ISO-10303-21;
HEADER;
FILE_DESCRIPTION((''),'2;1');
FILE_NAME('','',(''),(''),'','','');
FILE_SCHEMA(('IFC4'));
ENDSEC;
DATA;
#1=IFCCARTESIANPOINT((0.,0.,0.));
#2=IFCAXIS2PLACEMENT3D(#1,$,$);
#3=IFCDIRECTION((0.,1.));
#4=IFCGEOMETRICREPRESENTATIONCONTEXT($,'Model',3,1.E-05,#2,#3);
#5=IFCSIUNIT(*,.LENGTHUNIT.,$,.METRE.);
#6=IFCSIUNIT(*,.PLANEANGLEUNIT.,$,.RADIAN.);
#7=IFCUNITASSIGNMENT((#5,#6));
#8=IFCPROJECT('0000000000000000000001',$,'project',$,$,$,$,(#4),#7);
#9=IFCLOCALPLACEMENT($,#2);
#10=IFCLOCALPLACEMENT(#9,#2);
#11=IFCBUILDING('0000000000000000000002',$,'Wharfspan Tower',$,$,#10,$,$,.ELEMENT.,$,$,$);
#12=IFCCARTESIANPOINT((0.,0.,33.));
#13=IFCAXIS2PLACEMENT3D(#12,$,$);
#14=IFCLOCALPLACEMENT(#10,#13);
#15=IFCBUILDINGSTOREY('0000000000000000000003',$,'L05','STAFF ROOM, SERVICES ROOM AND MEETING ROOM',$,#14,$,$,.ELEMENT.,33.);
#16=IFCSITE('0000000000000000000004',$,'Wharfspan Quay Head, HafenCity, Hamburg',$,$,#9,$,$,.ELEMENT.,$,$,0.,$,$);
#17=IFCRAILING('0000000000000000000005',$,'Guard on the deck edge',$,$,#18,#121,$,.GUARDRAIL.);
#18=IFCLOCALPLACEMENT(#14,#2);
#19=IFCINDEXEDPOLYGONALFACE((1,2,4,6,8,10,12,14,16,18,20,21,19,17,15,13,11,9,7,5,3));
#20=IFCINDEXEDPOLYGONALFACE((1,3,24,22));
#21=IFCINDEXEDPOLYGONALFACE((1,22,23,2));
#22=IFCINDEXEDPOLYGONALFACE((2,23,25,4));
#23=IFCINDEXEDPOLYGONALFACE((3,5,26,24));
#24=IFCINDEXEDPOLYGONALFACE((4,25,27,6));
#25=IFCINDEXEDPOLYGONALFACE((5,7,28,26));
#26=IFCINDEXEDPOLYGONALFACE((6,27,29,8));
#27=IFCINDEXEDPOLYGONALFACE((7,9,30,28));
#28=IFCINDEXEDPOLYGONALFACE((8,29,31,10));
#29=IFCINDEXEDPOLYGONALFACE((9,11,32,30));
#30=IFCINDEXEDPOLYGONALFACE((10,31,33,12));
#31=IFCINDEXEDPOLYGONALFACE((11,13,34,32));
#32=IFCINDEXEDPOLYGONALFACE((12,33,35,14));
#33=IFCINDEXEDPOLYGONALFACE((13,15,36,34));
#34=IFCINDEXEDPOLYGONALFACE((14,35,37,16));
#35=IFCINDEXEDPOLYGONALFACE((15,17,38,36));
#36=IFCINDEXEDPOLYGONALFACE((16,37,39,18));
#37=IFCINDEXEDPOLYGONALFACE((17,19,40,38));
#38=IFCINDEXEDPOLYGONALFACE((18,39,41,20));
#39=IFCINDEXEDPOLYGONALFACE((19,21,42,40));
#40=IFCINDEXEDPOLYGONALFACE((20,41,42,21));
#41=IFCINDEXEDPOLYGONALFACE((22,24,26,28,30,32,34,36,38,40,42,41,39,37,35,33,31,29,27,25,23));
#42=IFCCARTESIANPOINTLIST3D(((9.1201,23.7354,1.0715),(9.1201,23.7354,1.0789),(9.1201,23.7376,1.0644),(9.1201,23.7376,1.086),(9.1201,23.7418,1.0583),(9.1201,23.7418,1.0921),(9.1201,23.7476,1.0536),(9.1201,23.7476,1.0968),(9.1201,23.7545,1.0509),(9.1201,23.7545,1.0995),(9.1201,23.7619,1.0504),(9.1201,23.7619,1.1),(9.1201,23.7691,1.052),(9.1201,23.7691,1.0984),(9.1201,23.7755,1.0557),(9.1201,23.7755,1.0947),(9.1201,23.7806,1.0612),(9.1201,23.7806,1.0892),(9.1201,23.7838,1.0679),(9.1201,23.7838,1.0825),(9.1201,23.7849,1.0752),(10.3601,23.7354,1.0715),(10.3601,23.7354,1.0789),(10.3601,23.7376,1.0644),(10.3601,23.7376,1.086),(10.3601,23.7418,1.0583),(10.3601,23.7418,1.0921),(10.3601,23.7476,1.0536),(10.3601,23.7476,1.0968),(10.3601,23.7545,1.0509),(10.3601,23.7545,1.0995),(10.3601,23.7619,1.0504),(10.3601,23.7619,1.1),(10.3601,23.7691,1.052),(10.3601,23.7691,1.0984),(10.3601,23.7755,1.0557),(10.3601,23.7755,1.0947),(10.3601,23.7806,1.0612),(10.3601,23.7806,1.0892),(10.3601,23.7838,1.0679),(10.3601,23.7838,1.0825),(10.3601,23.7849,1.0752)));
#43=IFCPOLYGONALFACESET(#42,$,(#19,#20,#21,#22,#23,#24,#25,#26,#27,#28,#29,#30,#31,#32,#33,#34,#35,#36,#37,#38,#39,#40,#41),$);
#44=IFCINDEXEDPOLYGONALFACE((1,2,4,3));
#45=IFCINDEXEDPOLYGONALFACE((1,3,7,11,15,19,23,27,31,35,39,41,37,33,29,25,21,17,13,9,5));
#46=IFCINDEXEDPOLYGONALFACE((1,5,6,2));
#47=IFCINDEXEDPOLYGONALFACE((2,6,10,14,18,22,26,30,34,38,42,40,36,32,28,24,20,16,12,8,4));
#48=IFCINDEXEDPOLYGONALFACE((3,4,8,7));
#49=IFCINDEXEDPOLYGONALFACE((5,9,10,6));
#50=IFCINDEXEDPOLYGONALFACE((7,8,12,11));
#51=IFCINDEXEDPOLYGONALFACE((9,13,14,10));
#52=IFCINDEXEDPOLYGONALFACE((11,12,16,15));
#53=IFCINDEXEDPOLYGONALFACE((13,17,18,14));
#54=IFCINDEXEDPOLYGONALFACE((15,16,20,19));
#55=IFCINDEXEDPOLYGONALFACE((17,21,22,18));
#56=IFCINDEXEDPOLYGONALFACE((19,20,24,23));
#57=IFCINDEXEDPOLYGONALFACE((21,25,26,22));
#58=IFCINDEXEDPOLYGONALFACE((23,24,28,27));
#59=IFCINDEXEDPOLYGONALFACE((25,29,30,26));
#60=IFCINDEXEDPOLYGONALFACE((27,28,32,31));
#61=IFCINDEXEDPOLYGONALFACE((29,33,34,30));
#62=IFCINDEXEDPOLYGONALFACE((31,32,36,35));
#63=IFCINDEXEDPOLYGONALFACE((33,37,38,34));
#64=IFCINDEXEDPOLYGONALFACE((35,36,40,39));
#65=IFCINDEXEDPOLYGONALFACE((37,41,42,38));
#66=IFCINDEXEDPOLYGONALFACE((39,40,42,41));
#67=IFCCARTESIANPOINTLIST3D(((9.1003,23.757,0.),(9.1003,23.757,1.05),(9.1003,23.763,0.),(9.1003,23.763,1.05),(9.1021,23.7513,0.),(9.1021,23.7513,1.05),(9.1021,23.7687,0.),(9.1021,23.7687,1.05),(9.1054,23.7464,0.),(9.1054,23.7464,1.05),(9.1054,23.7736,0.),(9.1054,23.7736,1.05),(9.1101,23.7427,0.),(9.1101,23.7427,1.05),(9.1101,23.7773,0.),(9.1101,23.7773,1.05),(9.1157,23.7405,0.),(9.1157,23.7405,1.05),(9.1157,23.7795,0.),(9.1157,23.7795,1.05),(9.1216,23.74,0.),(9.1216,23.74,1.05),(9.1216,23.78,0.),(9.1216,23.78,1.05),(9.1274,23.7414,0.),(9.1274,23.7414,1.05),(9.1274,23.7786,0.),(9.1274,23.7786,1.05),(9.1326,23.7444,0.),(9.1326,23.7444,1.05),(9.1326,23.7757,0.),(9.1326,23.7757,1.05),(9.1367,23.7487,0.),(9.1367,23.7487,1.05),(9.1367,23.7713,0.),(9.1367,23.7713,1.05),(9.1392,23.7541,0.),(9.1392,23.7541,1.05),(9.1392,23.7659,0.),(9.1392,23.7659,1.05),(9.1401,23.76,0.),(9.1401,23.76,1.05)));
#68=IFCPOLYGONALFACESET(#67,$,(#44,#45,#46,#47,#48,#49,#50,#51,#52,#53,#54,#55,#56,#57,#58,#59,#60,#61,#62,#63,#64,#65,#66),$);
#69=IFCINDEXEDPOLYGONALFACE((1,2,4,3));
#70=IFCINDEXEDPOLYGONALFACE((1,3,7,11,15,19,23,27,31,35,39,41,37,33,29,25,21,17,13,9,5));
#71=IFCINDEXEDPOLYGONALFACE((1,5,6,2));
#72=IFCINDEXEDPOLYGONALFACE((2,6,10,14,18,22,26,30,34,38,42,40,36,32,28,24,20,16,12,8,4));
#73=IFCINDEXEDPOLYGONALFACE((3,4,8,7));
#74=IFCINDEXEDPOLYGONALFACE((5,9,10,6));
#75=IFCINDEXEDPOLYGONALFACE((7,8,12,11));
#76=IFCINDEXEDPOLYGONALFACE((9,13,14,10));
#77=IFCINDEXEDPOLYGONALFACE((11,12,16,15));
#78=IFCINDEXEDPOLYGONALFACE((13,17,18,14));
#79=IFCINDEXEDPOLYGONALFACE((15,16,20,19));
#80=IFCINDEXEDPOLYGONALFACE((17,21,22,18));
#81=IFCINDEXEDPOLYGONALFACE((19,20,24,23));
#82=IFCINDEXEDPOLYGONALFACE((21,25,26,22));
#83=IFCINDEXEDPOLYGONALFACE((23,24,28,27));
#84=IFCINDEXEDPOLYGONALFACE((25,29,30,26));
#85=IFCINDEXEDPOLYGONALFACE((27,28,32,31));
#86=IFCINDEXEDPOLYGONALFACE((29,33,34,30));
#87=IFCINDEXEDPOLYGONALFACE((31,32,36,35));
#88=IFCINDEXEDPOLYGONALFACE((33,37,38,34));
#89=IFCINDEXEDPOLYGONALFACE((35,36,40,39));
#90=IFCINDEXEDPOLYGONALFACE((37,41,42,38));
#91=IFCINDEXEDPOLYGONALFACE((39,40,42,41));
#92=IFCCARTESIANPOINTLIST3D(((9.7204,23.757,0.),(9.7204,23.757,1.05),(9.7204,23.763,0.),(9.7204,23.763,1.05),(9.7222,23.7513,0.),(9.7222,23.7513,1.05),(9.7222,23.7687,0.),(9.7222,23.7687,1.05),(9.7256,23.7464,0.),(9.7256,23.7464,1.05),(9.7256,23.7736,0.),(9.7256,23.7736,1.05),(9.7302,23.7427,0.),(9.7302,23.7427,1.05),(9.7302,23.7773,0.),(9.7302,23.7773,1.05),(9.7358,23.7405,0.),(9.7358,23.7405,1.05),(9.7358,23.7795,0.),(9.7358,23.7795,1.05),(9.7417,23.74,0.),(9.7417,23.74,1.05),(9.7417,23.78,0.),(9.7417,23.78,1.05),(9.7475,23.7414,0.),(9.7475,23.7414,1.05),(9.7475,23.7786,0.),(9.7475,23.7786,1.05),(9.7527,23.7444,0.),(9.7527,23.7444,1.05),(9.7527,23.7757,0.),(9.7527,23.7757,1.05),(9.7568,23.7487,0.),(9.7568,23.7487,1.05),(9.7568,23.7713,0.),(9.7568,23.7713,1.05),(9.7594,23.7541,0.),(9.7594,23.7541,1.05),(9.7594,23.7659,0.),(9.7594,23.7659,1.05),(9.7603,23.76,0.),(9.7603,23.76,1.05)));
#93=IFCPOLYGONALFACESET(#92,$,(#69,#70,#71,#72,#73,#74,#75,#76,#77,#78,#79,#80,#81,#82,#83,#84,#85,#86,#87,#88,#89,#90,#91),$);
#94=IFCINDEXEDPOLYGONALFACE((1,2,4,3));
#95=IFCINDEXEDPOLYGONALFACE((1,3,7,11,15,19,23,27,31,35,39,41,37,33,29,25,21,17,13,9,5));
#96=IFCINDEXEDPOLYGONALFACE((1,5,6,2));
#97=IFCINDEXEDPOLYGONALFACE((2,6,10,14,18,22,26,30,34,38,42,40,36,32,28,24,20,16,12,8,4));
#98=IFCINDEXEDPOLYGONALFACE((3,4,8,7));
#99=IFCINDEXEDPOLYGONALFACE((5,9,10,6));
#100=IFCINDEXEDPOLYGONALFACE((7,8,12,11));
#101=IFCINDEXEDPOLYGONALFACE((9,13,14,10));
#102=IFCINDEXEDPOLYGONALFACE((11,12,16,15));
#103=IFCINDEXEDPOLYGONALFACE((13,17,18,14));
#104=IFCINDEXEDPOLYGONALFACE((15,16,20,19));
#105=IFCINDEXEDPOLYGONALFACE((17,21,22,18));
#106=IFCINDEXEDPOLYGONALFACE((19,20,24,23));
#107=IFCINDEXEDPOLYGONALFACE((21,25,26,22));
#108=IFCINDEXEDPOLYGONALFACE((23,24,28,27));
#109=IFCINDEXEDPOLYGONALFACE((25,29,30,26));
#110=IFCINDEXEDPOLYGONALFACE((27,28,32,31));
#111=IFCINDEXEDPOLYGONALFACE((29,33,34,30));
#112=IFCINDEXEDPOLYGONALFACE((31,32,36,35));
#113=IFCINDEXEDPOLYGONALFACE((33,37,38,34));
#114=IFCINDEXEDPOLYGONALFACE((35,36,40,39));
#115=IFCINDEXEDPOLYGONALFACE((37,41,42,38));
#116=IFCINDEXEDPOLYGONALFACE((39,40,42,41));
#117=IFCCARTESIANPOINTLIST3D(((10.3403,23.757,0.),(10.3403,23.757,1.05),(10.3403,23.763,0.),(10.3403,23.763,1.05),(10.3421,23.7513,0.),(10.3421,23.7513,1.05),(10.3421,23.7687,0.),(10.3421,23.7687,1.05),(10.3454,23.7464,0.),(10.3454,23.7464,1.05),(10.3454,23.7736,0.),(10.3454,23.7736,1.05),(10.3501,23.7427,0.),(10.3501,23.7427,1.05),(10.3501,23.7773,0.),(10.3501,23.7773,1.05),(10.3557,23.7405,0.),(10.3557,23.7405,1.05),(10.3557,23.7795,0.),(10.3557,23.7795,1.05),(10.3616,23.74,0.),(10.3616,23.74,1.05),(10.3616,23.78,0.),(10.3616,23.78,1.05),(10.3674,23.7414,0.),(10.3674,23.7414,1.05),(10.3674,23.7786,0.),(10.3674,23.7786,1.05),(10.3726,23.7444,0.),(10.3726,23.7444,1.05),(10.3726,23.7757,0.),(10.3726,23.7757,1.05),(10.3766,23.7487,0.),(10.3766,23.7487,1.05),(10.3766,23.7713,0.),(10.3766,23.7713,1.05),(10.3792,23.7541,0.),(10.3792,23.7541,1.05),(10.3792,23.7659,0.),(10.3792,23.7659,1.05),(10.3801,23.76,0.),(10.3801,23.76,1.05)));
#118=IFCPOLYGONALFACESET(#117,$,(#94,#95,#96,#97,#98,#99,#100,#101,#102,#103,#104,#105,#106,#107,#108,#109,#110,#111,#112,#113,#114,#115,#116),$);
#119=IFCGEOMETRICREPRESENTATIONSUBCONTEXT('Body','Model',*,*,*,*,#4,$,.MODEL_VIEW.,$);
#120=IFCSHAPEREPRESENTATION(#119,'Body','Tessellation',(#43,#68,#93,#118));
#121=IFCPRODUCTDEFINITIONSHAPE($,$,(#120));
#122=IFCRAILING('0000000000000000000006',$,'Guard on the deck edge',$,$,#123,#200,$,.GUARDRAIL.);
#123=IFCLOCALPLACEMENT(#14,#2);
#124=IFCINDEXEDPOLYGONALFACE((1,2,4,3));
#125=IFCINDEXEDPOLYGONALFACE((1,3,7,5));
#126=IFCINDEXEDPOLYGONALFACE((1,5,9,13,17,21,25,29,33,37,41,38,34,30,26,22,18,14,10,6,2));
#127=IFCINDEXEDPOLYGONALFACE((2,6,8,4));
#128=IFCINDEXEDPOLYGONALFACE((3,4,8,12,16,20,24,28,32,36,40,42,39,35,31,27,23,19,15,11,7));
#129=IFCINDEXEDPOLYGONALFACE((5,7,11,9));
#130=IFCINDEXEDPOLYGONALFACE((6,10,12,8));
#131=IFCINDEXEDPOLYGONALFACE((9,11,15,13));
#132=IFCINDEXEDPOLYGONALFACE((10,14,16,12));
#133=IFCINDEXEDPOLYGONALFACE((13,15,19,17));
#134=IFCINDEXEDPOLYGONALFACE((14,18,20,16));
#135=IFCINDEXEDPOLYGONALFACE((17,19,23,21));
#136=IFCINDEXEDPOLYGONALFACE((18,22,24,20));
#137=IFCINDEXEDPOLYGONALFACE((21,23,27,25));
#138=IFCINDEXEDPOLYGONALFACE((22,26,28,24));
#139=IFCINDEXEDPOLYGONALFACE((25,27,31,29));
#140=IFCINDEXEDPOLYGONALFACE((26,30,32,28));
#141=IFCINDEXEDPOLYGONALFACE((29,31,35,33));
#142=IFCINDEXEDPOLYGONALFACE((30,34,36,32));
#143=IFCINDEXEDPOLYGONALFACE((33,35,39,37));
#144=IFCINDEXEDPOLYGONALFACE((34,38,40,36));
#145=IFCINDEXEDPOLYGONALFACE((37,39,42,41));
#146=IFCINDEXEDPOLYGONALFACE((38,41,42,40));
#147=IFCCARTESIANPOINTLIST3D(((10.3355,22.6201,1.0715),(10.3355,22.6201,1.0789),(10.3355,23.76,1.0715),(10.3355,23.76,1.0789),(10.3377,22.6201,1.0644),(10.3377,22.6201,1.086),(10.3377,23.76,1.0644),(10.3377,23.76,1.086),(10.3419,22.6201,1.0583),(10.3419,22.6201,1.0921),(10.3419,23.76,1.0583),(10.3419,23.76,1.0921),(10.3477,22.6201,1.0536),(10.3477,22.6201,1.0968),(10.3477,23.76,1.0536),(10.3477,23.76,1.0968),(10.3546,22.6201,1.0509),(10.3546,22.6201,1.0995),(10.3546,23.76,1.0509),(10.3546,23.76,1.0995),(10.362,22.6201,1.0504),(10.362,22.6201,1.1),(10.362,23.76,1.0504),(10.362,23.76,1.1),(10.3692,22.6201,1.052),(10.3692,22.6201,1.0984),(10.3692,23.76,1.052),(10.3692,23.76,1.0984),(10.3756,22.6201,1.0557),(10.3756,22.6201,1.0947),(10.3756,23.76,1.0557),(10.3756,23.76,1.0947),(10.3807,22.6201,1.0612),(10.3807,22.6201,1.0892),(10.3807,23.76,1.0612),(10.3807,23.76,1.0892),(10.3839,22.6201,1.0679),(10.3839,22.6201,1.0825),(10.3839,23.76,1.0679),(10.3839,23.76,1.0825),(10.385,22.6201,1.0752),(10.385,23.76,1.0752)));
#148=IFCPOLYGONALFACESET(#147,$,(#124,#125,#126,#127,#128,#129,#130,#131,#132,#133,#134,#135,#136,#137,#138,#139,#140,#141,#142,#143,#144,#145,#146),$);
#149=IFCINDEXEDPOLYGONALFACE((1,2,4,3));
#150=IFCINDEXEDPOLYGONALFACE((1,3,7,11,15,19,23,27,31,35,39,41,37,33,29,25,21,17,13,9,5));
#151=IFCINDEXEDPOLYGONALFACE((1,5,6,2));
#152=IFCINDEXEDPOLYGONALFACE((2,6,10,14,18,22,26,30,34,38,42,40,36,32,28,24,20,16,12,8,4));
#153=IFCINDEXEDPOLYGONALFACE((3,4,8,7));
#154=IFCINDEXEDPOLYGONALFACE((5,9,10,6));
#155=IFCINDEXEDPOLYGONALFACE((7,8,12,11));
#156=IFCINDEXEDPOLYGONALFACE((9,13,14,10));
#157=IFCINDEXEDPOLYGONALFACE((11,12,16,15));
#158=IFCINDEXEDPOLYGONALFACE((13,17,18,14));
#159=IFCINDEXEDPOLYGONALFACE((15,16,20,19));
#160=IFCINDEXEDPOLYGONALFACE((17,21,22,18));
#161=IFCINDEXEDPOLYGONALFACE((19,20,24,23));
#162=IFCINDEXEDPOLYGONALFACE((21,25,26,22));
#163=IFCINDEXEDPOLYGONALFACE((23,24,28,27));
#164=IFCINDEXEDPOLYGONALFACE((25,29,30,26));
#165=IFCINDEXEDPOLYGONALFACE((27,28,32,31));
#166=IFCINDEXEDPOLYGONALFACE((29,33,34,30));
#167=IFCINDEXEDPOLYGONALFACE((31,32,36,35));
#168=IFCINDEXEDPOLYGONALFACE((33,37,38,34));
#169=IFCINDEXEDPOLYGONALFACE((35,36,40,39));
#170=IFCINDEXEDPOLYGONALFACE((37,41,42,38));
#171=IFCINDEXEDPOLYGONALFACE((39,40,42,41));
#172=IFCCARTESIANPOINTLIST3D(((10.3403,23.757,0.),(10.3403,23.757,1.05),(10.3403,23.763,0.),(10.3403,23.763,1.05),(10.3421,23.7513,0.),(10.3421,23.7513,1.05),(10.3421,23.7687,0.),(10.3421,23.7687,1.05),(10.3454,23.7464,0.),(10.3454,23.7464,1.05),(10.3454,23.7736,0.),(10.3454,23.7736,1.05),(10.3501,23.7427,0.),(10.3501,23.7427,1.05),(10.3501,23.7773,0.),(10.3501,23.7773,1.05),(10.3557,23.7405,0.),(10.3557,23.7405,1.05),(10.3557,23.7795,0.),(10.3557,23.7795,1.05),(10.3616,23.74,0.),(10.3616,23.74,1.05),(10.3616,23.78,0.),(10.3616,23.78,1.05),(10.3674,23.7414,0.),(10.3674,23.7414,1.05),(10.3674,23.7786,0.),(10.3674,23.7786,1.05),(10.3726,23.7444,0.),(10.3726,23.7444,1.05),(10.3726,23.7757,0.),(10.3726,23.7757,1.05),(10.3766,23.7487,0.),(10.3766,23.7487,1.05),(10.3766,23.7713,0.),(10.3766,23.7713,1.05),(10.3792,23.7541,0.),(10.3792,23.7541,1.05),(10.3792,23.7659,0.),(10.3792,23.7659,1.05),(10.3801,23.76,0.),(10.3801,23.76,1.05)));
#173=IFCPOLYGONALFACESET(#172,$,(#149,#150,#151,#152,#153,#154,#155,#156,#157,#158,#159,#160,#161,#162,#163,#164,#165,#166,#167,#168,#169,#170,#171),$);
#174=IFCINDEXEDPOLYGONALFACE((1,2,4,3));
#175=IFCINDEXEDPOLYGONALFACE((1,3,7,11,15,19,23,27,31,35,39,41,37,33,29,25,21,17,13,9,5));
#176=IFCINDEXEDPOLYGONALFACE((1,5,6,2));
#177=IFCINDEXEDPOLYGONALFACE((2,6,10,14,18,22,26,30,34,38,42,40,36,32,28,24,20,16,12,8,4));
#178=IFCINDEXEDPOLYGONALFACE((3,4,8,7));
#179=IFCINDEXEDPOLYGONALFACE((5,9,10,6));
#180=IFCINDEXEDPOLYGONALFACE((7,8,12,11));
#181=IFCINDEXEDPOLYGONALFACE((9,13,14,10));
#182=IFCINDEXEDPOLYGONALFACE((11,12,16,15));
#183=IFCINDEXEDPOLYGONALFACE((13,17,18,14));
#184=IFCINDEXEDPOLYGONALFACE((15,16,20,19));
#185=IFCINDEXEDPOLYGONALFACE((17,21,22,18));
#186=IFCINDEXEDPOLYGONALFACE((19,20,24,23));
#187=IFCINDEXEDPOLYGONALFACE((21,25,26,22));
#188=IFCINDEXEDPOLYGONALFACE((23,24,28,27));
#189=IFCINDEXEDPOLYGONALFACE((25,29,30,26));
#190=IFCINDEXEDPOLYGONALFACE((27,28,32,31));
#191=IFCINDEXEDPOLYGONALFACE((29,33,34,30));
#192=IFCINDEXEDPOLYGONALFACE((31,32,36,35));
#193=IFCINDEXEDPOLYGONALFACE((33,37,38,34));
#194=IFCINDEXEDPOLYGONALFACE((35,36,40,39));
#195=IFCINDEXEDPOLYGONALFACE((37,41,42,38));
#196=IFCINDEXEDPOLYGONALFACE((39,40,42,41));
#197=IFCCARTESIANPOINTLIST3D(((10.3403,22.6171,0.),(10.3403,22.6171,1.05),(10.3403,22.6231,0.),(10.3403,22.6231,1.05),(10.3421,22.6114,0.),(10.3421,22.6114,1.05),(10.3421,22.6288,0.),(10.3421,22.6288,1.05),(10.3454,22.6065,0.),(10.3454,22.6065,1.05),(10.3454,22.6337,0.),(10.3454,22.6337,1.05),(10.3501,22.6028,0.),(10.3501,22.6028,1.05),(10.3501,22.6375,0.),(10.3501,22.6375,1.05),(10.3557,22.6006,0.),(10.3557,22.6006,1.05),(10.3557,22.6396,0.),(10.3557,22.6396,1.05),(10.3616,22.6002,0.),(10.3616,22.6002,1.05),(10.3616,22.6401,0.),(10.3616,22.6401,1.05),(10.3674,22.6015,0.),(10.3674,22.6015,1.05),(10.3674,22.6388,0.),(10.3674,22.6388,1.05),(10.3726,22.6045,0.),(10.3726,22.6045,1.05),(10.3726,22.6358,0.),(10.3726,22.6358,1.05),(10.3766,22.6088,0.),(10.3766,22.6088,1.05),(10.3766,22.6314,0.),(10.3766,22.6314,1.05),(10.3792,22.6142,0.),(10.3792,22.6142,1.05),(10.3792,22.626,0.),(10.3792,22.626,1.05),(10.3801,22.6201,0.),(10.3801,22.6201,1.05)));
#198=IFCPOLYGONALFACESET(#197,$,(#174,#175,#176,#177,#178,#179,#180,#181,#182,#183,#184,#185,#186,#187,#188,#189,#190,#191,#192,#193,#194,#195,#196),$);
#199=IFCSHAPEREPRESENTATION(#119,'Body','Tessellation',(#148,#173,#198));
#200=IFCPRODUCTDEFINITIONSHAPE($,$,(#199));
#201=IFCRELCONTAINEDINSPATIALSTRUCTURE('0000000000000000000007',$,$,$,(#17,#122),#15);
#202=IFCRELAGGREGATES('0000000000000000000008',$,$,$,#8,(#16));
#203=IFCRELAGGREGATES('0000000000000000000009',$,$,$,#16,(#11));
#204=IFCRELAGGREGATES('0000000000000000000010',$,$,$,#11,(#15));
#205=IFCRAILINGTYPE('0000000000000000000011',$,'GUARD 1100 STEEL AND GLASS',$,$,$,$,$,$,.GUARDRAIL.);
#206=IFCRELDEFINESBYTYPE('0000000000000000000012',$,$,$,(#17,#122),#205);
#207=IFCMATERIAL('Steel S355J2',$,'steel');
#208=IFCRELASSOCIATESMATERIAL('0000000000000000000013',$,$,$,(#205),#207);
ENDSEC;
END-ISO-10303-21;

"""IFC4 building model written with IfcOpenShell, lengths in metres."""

from ifc_helpers import new_model, si_unit, direction, frame, origin, origin_2d, place, context, subcontext, project, spatial, circle, extrude, material, type_object, element, save


model = new_model("IFC4")

# Units and contexts
model_context = context("Model", 3, precision=1e-05, world=origin(), true_north=direction((0.0, 1.0)))
body_context = subcontext(model_context, "Body", "Model", "MODEL_VIEW")
ifc_project = project(units=[si_unit("LENGTHUNIT", "METRE"), si_unit("PLANEANGLEUNIT", "RADIAN")], contexts=[model_context])

# Site, building, storey
site_placement = place(None, origin())
site = spatial("IfcSite", under=ifc_project, at=site_placement, Name="Wharfspan Quay Head, HafenCity, Hamburg", CompositionType="ELEMENT", RefElevation=0.0)
building_placement = place(site_placement, origin())
building = spatial("IfcBuilding", under=site, at=building_placement, Name="Wharfspan Tower", CompositionType="ELEMENT")
storey_placement = place(building_placement, frame((0.0, 0.0, 33.0)))
storey = spatial("IfcBuildingStorey", under=building, at=storey_placement, Name="L05", Description="STAFF ROOM, SERVICES ROOM AND MEETING ROOM", CompositionType="ELEMENT", Elevation=33.0)

# Railings
ifc_material_1 = material(Name="Steel S355J2", Category="steel")
railing_type = type_object("IfcRailingType", Name="GUARD 1100 STEEL AND GLASS", PredefinedType="GUARDRAIL", material=ifc_material_1)
railing_1_placement = place(storey_placement, frame((9.1201, 23.76, 0.0)))
element("IfcRailing", 1, at=railing_1_placement, inside=storey, type_object=railing_type, Name="Guard on the deck edge", PredefinedType="GUARDRAIL", context=body_context, shape_type="SweptSolid", body=[
    extrude(circle(Radius=0.0249, at=origin_2d()), frame((0.0, 0.0, 1.0752), z_axis=(1.0, 0.0, 0.0), x_axis=(0.0, 1.0, 0.0)), (0.0, 0.0, 1.0), 1.24),
    extrude(circle(Radius=0.02, at=origin_2d()), origin(), (0.0, 0.0, 1.0), 1.05),
    extrude(circle(Radius=0.02, at=origin_2d()), frame((0.6201, 0.0, 0.0)), (0.0, 0.0, 1.0), 1.05),
    extrude(circle(Radius=0.02, at=origin_2d()), frame((1.24, 0.0, 0.0)), (0.0, 0.0, 1.0), 1.05),
])
railing_2_placement = place(storey_placement, frame((10.3601, 23.76, 0.0)))
element("IfcRailing", 2, at=railing_2_placement, inside=storey, type_object=railing_type, Name="Guard on the deck edge", PredefinedType="GUARDRAIL", context=body_context, shape_type="SweptSolid", body=[
    extrude(circle(Radius=0.0249, at=origin_2d()), frame((0.0, 0.0, 1.0752), z_axis=(0.0, -1.0, 0.0), x_axis=(1.0, 0.0, 0.0)), (0.0, 0.0, 1.0), 1.1399),
    extrude(circle(Radius=0.02, at=origin_2d()), origin(), (0.0, 0.0, 1.0), 1.05),
    extrude(circle(Radius=0.02, at=origin_2d()), frame((0.0, -1.1399, 0.0)), (0.0, 0.0, 1.0), 1.05),
])

save(model, "model.ifc")
